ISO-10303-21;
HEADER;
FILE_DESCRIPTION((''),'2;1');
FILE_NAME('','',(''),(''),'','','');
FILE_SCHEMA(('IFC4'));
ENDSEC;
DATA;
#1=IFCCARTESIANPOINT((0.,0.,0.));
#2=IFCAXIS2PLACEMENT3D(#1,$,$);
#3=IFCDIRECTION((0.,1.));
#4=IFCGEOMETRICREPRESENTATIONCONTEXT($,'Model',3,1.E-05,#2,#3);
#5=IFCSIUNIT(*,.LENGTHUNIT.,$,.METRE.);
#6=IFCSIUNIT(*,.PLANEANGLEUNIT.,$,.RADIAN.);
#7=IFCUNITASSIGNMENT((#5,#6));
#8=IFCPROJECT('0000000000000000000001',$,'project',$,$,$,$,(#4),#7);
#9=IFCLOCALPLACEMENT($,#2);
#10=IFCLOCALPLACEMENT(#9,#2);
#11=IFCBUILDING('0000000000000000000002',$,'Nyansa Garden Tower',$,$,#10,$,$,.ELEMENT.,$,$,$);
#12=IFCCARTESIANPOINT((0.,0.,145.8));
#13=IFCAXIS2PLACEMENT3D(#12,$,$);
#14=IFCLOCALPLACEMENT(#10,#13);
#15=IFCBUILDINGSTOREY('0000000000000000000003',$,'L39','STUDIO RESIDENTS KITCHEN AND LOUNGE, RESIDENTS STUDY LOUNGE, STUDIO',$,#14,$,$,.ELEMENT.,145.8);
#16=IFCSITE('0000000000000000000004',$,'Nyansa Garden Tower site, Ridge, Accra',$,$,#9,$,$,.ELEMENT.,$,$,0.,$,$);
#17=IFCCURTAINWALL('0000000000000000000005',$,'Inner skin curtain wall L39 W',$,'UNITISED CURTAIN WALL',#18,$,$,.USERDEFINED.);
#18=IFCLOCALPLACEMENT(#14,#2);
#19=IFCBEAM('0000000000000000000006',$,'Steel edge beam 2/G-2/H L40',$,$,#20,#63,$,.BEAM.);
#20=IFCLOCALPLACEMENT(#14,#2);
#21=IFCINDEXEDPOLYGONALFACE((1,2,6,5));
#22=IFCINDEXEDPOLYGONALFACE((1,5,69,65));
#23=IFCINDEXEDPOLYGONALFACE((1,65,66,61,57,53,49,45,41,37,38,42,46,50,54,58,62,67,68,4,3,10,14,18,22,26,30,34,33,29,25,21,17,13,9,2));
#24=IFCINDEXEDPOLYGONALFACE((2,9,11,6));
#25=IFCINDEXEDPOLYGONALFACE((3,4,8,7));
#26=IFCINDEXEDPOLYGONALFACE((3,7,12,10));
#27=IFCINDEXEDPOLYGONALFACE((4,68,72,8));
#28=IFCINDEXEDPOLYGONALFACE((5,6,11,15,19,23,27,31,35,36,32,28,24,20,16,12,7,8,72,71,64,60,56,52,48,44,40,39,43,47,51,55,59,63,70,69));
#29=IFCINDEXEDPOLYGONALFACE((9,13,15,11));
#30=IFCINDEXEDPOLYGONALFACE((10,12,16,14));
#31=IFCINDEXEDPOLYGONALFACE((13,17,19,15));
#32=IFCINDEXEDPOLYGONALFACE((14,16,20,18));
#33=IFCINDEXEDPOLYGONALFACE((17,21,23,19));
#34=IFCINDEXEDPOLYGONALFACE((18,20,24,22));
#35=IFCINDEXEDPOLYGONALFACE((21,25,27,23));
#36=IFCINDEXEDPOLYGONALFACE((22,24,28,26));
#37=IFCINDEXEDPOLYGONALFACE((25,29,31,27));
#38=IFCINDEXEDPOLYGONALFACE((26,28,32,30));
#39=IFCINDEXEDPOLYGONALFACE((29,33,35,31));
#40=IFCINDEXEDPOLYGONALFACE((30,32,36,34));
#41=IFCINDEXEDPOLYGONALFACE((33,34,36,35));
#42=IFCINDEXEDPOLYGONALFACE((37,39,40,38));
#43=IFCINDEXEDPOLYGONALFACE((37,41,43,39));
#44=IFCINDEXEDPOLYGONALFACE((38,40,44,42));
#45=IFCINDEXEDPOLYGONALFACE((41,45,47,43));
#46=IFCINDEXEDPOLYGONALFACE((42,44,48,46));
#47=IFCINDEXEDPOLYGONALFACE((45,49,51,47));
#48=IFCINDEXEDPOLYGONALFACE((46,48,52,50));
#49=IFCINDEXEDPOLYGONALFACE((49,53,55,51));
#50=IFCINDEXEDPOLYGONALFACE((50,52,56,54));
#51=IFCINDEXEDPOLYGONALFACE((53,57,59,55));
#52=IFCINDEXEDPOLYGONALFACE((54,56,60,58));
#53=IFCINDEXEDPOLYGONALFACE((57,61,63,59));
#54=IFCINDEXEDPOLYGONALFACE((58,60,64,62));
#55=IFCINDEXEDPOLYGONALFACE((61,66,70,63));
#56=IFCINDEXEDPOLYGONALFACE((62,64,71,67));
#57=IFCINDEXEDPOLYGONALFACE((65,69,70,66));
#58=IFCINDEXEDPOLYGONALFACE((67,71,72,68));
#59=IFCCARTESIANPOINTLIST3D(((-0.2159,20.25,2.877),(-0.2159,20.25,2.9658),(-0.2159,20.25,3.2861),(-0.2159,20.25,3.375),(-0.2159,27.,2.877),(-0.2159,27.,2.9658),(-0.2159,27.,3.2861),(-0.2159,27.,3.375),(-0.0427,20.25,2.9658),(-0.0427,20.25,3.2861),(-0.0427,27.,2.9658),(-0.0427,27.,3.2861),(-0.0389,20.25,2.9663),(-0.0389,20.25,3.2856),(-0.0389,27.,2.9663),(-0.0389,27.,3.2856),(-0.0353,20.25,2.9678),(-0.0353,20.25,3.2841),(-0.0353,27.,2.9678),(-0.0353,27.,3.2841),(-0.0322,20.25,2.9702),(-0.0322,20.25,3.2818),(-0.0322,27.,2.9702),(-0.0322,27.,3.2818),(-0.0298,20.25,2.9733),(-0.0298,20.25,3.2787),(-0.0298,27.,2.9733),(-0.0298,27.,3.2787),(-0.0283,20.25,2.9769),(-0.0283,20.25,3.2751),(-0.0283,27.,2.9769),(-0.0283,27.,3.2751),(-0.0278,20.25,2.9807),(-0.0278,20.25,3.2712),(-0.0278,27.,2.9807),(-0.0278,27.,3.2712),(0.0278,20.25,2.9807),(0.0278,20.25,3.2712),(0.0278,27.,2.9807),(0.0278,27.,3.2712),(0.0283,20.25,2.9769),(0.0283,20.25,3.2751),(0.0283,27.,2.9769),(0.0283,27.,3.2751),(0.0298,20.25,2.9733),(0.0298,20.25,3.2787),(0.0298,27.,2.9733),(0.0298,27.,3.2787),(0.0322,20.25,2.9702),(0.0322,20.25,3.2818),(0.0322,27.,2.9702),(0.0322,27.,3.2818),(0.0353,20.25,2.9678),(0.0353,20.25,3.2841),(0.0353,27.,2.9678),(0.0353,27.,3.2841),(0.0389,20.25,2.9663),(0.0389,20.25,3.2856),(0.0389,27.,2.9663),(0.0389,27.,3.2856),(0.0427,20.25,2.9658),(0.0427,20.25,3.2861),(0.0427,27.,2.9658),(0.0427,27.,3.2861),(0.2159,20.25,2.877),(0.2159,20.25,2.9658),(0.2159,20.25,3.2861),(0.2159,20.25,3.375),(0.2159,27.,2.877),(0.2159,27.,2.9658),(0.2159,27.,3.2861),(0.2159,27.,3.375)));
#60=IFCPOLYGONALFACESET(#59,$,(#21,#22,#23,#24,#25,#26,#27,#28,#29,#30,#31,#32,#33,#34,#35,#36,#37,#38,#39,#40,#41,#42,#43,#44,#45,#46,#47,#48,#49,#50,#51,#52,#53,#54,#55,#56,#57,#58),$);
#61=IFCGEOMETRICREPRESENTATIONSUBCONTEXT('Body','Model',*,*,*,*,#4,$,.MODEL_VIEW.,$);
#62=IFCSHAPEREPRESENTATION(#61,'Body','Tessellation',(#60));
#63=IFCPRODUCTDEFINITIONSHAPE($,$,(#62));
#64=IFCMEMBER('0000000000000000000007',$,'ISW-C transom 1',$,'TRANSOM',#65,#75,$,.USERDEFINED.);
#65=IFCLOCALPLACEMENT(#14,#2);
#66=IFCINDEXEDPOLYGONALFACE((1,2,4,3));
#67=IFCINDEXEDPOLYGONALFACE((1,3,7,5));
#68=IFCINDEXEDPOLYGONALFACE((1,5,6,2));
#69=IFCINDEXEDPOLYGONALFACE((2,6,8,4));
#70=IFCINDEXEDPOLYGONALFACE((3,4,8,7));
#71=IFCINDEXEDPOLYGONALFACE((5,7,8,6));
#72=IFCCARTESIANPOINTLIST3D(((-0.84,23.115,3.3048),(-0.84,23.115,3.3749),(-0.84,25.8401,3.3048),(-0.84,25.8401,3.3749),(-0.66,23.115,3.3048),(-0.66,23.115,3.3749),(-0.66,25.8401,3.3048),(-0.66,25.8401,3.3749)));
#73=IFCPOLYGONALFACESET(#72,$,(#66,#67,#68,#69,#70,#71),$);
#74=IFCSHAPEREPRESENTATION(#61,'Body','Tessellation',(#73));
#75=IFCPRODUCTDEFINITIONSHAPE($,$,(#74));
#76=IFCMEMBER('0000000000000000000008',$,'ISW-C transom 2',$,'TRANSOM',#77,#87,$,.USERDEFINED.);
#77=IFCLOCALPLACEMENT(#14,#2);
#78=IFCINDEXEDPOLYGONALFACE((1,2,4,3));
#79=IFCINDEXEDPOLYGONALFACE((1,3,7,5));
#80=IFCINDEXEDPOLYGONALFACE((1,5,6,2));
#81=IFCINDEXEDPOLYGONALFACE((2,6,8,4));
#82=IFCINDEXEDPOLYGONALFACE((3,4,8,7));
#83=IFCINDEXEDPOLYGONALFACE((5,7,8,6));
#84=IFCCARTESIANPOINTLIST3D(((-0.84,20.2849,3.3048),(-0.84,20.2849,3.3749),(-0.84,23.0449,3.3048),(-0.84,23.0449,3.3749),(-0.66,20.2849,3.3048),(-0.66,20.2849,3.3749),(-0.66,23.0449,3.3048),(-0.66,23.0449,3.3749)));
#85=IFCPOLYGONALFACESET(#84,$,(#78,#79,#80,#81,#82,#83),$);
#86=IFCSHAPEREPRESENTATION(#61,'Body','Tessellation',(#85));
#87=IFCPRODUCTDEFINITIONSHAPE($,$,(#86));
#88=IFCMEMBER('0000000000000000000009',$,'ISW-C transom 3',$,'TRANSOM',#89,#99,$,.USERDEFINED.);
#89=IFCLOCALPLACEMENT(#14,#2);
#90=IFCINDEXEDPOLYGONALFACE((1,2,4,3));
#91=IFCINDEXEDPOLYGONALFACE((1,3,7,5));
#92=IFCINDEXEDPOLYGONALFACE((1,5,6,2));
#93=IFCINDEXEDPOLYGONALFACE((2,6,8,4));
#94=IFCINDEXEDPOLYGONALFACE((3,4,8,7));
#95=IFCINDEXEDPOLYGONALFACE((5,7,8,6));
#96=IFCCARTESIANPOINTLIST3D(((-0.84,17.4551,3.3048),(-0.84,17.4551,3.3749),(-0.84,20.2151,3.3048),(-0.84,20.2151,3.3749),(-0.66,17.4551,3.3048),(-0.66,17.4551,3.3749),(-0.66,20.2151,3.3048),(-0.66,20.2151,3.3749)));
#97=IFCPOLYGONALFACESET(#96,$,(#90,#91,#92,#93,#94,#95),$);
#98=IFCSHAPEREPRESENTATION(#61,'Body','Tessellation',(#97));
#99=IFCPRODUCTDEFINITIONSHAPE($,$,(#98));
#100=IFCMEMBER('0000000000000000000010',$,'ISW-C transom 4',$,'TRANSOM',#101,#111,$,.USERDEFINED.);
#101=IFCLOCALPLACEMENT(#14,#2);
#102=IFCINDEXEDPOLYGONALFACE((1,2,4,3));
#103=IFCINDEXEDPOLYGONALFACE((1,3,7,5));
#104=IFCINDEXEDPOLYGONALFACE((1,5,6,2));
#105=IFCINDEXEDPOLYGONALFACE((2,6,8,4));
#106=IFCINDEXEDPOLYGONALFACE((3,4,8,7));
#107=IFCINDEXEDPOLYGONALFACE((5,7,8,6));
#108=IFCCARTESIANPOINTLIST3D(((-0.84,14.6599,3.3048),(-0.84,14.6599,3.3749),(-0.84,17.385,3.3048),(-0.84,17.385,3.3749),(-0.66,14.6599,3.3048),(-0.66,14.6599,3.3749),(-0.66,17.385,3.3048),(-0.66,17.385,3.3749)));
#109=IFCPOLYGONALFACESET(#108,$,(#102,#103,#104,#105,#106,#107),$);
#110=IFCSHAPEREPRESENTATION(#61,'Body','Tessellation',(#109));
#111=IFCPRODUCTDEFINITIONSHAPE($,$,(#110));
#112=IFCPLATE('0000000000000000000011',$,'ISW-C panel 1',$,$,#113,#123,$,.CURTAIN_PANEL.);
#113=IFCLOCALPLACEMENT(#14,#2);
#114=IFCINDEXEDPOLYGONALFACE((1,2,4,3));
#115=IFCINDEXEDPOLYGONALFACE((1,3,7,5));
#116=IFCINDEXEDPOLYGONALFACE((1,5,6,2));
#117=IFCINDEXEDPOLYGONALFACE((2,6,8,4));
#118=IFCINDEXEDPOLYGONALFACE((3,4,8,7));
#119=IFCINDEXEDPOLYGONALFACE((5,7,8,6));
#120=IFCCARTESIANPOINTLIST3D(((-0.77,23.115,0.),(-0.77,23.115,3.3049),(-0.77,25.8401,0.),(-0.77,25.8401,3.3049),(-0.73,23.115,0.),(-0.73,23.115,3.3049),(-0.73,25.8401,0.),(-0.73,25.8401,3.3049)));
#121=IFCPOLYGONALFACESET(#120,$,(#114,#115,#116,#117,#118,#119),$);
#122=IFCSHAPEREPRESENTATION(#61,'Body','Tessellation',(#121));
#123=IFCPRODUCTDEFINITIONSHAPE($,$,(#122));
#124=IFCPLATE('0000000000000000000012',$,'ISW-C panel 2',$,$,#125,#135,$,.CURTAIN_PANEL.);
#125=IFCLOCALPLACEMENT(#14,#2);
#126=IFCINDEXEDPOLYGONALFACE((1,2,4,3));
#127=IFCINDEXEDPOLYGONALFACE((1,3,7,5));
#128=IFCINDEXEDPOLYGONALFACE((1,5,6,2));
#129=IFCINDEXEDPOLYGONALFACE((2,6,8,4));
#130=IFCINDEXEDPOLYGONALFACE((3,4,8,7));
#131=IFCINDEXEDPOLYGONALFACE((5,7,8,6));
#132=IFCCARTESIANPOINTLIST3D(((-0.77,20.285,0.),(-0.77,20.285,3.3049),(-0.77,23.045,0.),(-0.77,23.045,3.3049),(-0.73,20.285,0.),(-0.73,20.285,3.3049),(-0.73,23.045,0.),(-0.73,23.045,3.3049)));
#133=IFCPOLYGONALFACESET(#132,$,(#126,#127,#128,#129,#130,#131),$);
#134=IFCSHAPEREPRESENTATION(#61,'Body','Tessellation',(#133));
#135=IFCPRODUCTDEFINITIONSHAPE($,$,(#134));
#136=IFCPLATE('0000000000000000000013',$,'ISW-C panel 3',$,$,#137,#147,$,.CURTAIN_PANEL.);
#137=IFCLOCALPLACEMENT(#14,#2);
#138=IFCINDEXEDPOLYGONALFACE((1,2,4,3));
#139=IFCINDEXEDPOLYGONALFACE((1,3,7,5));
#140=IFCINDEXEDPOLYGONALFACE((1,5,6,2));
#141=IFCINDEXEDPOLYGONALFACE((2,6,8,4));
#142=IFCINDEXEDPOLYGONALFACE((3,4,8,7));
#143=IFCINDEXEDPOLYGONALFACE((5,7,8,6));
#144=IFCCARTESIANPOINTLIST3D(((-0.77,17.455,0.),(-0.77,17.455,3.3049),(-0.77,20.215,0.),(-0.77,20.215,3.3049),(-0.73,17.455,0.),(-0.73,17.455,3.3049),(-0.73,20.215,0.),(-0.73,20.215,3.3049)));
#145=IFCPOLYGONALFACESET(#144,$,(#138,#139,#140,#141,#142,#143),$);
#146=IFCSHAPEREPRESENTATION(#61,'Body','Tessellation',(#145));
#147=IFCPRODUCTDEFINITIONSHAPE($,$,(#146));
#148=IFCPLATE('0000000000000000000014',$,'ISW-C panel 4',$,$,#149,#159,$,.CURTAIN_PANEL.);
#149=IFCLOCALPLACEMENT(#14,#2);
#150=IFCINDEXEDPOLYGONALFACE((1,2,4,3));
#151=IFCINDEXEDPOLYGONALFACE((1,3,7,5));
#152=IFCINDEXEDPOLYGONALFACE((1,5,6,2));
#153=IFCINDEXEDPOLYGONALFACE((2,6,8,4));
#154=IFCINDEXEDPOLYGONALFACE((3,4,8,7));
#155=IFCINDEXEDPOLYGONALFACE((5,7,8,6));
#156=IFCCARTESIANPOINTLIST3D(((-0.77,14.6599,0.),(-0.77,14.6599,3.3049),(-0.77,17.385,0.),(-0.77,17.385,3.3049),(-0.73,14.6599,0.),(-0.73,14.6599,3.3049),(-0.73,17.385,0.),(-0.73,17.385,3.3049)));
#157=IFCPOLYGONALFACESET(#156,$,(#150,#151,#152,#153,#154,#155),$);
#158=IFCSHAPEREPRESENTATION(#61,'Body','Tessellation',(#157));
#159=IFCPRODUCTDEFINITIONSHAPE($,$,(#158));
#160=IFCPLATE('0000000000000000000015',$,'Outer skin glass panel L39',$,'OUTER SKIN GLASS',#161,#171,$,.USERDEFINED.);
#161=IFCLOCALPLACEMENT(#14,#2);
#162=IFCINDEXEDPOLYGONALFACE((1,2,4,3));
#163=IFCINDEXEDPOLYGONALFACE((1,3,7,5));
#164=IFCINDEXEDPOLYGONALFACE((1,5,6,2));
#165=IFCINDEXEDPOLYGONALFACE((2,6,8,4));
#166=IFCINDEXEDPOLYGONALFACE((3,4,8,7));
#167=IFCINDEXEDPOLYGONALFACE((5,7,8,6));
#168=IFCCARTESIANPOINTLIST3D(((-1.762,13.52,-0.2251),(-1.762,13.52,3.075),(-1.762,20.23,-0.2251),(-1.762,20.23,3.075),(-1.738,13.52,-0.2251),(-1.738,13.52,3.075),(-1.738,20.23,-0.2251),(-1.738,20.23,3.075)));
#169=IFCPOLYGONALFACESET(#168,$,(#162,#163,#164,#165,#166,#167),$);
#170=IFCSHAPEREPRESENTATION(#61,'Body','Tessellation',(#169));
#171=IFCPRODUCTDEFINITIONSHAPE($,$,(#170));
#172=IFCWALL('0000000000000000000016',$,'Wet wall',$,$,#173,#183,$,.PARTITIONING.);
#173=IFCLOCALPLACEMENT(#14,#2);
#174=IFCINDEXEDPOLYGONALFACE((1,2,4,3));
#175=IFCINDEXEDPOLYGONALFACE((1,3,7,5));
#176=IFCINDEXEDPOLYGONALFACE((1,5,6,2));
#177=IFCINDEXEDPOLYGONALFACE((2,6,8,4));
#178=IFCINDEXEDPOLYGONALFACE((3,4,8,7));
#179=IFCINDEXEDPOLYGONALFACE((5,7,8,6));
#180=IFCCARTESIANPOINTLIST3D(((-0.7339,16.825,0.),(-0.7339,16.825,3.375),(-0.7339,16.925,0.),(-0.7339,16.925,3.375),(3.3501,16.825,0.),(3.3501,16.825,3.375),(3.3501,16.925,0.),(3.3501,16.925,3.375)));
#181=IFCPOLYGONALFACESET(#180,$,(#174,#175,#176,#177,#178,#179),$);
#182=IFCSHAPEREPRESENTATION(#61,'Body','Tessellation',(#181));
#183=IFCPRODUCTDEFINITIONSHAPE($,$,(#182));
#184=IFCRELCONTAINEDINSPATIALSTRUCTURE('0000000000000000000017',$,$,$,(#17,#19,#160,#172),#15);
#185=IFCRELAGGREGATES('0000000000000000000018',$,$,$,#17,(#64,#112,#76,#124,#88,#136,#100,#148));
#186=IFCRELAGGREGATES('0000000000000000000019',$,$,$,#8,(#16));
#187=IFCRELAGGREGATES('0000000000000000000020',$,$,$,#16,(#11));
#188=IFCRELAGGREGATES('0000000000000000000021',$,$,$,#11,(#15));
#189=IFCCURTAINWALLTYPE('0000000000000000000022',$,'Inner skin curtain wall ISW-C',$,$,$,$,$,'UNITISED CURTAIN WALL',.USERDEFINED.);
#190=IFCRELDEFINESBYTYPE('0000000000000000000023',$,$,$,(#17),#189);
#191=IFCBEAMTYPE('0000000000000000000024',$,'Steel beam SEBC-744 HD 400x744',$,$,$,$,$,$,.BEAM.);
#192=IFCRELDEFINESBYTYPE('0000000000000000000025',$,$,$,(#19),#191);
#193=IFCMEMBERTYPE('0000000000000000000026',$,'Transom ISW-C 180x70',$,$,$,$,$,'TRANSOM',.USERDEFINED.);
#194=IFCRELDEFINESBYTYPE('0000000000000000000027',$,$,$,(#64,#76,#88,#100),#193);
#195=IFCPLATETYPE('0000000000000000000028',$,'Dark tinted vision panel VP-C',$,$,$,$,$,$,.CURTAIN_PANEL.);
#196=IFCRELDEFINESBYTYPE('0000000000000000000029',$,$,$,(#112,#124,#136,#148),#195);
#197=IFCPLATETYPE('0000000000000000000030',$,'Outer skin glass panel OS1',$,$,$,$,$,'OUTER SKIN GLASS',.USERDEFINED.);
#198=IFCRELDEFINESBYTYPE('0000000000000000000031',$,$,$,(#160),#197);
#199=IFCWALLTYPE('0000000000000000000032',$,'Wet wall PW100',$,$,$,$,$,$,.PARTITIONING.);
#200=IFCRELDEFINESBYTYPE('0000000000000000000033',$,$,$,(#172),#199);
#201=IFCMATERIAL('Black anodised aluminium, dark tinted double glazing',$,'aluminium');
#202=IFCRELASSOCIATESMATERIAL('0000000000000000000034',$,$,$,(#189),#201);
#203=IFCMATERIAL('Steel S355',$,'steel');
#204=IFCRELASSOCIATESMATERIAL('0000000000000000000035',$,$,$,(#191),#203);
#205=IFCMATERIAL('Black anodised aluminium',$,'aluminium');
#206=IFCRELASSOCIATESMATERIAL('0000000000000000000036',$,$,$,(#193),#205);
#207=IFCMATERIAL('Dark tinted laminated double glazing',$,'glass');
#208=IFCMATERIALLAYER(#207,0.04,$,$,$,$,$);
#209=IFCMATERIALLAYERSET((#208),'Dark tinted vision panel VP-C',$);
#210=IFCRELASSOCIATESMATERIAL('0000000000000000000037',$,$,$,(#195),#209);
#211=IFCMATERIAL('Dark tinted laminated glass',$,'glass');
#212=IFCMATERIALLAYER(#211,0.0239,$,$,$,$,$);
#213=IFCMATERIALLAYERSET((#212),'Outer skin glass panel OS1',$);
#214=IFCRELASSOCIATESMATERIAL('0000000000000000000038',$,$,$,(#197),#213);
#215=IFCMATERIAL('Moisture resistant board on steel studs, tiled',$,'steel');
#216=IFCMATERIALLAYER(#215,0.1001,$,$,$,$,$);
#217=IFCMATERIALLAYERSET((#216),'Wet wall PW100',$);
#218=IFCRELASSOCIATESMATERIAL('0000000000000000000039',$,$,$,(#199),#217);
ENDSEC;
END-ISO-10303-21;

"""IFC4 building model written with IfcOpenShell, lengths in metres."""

from ifc_helpers import new_model, si_unit, direction, frame, frame_2d, origin, origin_2d, place, context, subcontext, project, spatial, rectangle, i_section, extrude, material, layer, layer_set, material_profile, profile_set, type_object, element, aggregate, save


model = new_model("IFC4")

# Units and contexts
model_context = context("Model", 3, precision=1e-05, world=origin(), true_north=direction((0.0, 1.0)))
body_context = subcontext(model_context, "Body", "Model", "MODEL_VIEW")
ifc_project = project(units=[si_unit("LENGTHUNIT", "METRE"), si_unit("PLANEANGLEUNIT", "RADIAN")], contexts=[model_context])

# Site, building, storey
site_placement = place(None, origin())
site = spatial("IfcSite", under=ifc_project, at=site_placement, Name="Nyansa Garden Tower site, Ridge, Accra", CompositionType="ELEMENT", RefElevation=0.0)
building_placement = place(site_placement, origin())
building = spatial("IfcBuilding", under=site, at=building_placement, Name="Nyansa Garden Tower", CompositionType="ELEMENT")
storey_placement = place(building_placement, frame((0.0, 0.0, 145.8)))
storey = spatial("IfcBuildingStorey", under=building, at=storey_placement, Name="L39", Description="STUDIO RESIDENTS KITCHEN AND LOUNGE, RESIDENTS STUDY LOUNGE, STUDIO", CompositionType="ELEMENT", Elevation=145.8)

# Curtain wall
ifc_material_1 = material(Name="Black anodised aluminium, dark tinted double glazing", Category="aluminium")
curtain_wall_type = type_object("IfcCurtainWallType", Name="Inner skin curtain wall ISW-C", ElementType="UNITISED CURTAIN WALL", PredefinedType="USERDEFINED", material=ifc_material_1)
curtain_wall_placement = place(storey_placement, origin())
curtain_wall = element("IfcCurtainWall", 1, at=curtain_wall_placement, inside=storey, type_object=curtain_wall_type, Name="Inner skin curtain wall L39 W", ObjectType="UNITISED CURTAIN WALL", PredefinedType="USERDEFINED")

# Beam
ifc_material_2 = material(Name="Steel S355", Category="steel")
ifc_material_profile_1 = material_profile(ifc_material_2, i_section(OverallWidth=0.4319, OverallDepth=0.498, WebThickness=0.0557, FlangeThickness=0.0889, FilletRadius=0.0149, at=origin_2d()), Name="HD 400x744")
ifc_profile_set_1 = profile_set([ifc_material_profile_1], Name="Steel S355")
beam_type_1 = type_object("IfcBeamType", Name="Steel beam SEBC-744 HD 400x744", PredefinedType="BEAM", material=ifc_profile_set_1)
beam_1_placement = place(storey_placement, frame((0.0, 20.25, 3.126), z_axis=(0.0, 1.0, 0.0), x_axis=(-1.0, 0.0, 0.0)))
element("IfcBeam", 2, at=beam_1_placement, inside=storey, type_object=beam_type_1, Name="Steel edge beam 2/G-2/H L40", PredefinedType="BEAM", context=body_context, shape_type="SweptSolid", body=[
    extrude(i_section(OverallWidth=0.4319, OverallDepth=0.498, WebThickness=0.0557, FlangeThickness=0.0889, FilletRadius=0.0149, at=origin_2d()), origin(), (0.0, 0.0, 1.0), 6.75),
])

# Members
ifc_material_3 = material(Name="Black anodised aluminium", Category="aluminium")
ifc_material_profile_2 = material_profile(ifc_material_3, rectangle(XDim=0.1799, YDim=0.0701, at=origin_2d()), Name="Transom 180x70")
ifc_profile_set_2 = profile_set([ifc_material_profile_2], Name="Black anodised aluminium")
member_type_1 = type_object("IfcMemberType", Name="Transom ISW-C 180x70", ElementType="TRANSOM", PredefinedType="USERDEFINED", material=ifc_profile_set_2)
member_1_placement = place(storey_placement, frame((-0.75, 25.8401, 3.3398), z_axis=(0.0, -1.0, 0.0), x_axis=(1.0, 0.0, 0.0)))
member_1 = element("IfcMember", 3, at=member_1_placement, type_object=member_type_1, Name="ISW-C transom 1", ObjectType="TRANSOM", PredefinedType="USERDEFINED", context=body_context, shape_type="SweptSolid", body=[
    extrude(rectangle(XDim=0.1799, YDim=0.0701, at=origin_2d()), origin(), (0.0, 0.0, 1.0), 2.7251),
])
member_2_placement = place(storey_placement, frame((-0.75, 23.0449, 3.3398), z_axis=(0.0, -1.0, 0.0), x_axis=(1.0, 0.0, 0.0)))
member_2 = element("IfcMember", 4, at=member_2_placement, type_object=member_type_1, Name="ISW-C transom 2", ObjectType="TRANSOM", PredefinedType="USERDEFINED", context=body_context, shape_type="SweptSolid", body=[
    extrude(rectangle(XDim=0.1799, YDim=0.0701, at=origin_2d()), origin(), (0.0, 0.0, 1.0), 2.76),
])
member_3_placement = place(storey_placement, frame((-0.75, 20.2151, 3.3398), z_axis=(0.0, -1.0, 0.0), x_axis=(1.0, 0.0, 0.0)))
member_3 = element("IfcMember", 5, at=member_3_placement, type_object=member_type_1, Name="ISW-C transom 3", ObjectType="TRANSOM", PredefinedType="USERDEFINED", context=body_context, shape_type="SweptSolid", body=[
    extrude(rectangle(XDim=0.1799, YDim=0.0701, at=origin_2d()), origin(), (0.0, 0.0, 1.0), 2.76),
])
member_4_placement = place(storey_placement, frame((-0.75, 17.385, 3.3398), z_axis=(0.0, -1.0, 0.0), x_axis=(1.0, 0.0, 0.0)))
member_4 = element("IfcMember", 6, at=member_4_placement, type_object=member_type_1, Name="ISW-C transom 4", ObjectType="TRANSOM", PredefinedType="USERDEFINED", context=body_context, shape_type="SweptSolid", body=[
    extrude(rectangle(XDim=0.1799, YDim=0.0701, at=origin_2d()), origin(), (0.0, 0.0, 1.0), 2.7251),
])

# Plates
ifc_material_4 = material(Name="Dark tinted laminated double glazing", Category="glass")
ifc_layer_1 = layer(ifc_material_4, 0.04)
ifc_layer_set_1 = layer_set([ifc_layer_1], Name="Dark tinted vision panel VP-C")
plate_type_1 = type_object("IfcPlateType", Name="Dark tinted vision panel VP-C", PredefinedType="CURTAIN_PANEL", material=ifc_layer_set_1)
plate_1_placement = place(storey_placement, frame((-0.75, 24.4775, 0.0), z_axis=(0.0, 0.0, 1.0), x_axis=(0.0, -1.0, 0.0)))
plate_1 = element("IfcPlate", 7, at=plate_1_placement, type_object=plate_type_1, Name="ISW-C panel 1", PredefinedType="CURTAIN_PANEL", context=body_context, shape_type="SweptSolid", body=[
    extrude(rectangle(XDim=2.7251, YDim=0.04, at=origin_2d()), origin(), (0.0, 0.0, 1.0), 3.3049),
])
plate_2_placement = place(storey_placement, frame((-0.75, 21.665, 0.0), z_axis=(0.0, 0.0, 1.0), x_axis=(0.0, -1.0, 0.0)))
plate_2 = element("IfcPlate", 8, at=plate_2_placement, type_object=plate_type_1, Name="ISW-C panel 2", PredefinedType="CURTAIN_PANEL", context=body_context, shape_type="SweptSolid", body=[
    extrude(rectangle(XDim=2.76, YDim=0.04, at=origin_2d()), origin(), (0.0, 0.0, 1.0), 3.3049),
])
plate_3_placement = place(storey_placement, frame((-0.75, 18.835, 0.0), z_axis=(0.0, 0.0, 1.0), x_axis=(0.0, -1.0, 0.0)))
plate_3 = element("IfcPlate", 9, at=plate_3_placement, type_object=plate_type_1, Name="ISW-C panel 3", PredefinedType="CURTAIN_PANEL", context=body_context, shape_type="SweptSolid", body=[
    extrude(rectangle(XDim=2.76, YDim=0.04, at=origin_2d()), origin(), (0.0, 0.0, 1.0), 3.3049),
])
plate_4_placement = place(storey_placement, frame((-0.75, 16.0225, 0.0), z_axis=(0.0, 0.0, 1.0), x_axis=(0.0, -1.0, 0.0)))
plate_4 = element("IfcPlate", 10, at=plate_4_placement, type_object=plate_type_1, Name="ISW-C panel 4", PredefinedType="CURTAIN_PANEL", context=body_context, shape_type="SweptSolid", body=[
    extrude(rectangle(XDim=2.7251, YDim=0.04, at=origin_2d()), origin(), (0.0, 0.0, 1.0), 3.3049),
])
aggregate(curtain_wall, [member_1, plate_1, member_2, plate_2, member_3, plate_3, member_4, plate_4])
ifc_material_5 = material(Name="Dark tinted laminated glass", Category="glass")
ifc_layer_2 = layer(ifc_material_5, 0.0239)
ifc_layer_set_2 = layer_set([ifc_layer_2], Name="Outer skin glass panel OS1")
plate_type_2 = type_object("IfcPlateType", Name="Outer skin glass panel OS1", ElementType="OUTER SKIN GLASS", PredefinedType="USERDEFINED", material=ifc_layer_set_2)
plate_5_placement = place(storey_placement, frame((-1.75, 16.875, -0.2251), z_axis=(0.0, 0.0, 1.0), x_axis=(0.0, 1.0, 0.0)))
element("IfcPlate", 11, at=plate_5_placement, inside=storey, type_object=plate_type_2, Name="Outer skin glass panel L39", ObjectType="OUTER SKIN GLASS", PredefinedType="USERDEFINED", context=body_context, shape_type="SweptSolid", body=[
    extrude(rectangle(XDim=6.71, YDim=0.0239, at=origin_2d()), origin(), (0.0, 0.0, 1.0), 3.3),
])

# Wall
ifc_material_6 = material(Name="Moisture resistant board on steel studs, tiled", Category="steel")
ifc_layer_3 = layer(ifc_material_6, 0.1001)
ifc_layer_set_3 = layer_set([ifc_layer_3], Name="Wet wall PW100")
wall_type = type_object("IfcWallType", Name="Wet wall PW100", PredefinedType="PARTITIONING", material=ifc_layer_set_3)
wall_1_placement = place(storey_placement, frame((-0.7339, 16.875, 0.0), z_axis=(0.0, 0.0, 1.0), x_axis=(1.0, 0.0, 0.0)))
element("IfcWall", 12, at=wall_1_placement, inside=storey, type_object=wall_type, Name="Wet wall", PredefinedType="PARTITIONING", context=body_context, shape_type="SweptSolid", body=[
    extrude(rectangle(XDim=4.084, YDim=0.1001, at=frame_2d((2.042, 0.0))), origin(), (0.0, 0.0, 1.0), 3.375),
])

save(model, "model.ifc")
